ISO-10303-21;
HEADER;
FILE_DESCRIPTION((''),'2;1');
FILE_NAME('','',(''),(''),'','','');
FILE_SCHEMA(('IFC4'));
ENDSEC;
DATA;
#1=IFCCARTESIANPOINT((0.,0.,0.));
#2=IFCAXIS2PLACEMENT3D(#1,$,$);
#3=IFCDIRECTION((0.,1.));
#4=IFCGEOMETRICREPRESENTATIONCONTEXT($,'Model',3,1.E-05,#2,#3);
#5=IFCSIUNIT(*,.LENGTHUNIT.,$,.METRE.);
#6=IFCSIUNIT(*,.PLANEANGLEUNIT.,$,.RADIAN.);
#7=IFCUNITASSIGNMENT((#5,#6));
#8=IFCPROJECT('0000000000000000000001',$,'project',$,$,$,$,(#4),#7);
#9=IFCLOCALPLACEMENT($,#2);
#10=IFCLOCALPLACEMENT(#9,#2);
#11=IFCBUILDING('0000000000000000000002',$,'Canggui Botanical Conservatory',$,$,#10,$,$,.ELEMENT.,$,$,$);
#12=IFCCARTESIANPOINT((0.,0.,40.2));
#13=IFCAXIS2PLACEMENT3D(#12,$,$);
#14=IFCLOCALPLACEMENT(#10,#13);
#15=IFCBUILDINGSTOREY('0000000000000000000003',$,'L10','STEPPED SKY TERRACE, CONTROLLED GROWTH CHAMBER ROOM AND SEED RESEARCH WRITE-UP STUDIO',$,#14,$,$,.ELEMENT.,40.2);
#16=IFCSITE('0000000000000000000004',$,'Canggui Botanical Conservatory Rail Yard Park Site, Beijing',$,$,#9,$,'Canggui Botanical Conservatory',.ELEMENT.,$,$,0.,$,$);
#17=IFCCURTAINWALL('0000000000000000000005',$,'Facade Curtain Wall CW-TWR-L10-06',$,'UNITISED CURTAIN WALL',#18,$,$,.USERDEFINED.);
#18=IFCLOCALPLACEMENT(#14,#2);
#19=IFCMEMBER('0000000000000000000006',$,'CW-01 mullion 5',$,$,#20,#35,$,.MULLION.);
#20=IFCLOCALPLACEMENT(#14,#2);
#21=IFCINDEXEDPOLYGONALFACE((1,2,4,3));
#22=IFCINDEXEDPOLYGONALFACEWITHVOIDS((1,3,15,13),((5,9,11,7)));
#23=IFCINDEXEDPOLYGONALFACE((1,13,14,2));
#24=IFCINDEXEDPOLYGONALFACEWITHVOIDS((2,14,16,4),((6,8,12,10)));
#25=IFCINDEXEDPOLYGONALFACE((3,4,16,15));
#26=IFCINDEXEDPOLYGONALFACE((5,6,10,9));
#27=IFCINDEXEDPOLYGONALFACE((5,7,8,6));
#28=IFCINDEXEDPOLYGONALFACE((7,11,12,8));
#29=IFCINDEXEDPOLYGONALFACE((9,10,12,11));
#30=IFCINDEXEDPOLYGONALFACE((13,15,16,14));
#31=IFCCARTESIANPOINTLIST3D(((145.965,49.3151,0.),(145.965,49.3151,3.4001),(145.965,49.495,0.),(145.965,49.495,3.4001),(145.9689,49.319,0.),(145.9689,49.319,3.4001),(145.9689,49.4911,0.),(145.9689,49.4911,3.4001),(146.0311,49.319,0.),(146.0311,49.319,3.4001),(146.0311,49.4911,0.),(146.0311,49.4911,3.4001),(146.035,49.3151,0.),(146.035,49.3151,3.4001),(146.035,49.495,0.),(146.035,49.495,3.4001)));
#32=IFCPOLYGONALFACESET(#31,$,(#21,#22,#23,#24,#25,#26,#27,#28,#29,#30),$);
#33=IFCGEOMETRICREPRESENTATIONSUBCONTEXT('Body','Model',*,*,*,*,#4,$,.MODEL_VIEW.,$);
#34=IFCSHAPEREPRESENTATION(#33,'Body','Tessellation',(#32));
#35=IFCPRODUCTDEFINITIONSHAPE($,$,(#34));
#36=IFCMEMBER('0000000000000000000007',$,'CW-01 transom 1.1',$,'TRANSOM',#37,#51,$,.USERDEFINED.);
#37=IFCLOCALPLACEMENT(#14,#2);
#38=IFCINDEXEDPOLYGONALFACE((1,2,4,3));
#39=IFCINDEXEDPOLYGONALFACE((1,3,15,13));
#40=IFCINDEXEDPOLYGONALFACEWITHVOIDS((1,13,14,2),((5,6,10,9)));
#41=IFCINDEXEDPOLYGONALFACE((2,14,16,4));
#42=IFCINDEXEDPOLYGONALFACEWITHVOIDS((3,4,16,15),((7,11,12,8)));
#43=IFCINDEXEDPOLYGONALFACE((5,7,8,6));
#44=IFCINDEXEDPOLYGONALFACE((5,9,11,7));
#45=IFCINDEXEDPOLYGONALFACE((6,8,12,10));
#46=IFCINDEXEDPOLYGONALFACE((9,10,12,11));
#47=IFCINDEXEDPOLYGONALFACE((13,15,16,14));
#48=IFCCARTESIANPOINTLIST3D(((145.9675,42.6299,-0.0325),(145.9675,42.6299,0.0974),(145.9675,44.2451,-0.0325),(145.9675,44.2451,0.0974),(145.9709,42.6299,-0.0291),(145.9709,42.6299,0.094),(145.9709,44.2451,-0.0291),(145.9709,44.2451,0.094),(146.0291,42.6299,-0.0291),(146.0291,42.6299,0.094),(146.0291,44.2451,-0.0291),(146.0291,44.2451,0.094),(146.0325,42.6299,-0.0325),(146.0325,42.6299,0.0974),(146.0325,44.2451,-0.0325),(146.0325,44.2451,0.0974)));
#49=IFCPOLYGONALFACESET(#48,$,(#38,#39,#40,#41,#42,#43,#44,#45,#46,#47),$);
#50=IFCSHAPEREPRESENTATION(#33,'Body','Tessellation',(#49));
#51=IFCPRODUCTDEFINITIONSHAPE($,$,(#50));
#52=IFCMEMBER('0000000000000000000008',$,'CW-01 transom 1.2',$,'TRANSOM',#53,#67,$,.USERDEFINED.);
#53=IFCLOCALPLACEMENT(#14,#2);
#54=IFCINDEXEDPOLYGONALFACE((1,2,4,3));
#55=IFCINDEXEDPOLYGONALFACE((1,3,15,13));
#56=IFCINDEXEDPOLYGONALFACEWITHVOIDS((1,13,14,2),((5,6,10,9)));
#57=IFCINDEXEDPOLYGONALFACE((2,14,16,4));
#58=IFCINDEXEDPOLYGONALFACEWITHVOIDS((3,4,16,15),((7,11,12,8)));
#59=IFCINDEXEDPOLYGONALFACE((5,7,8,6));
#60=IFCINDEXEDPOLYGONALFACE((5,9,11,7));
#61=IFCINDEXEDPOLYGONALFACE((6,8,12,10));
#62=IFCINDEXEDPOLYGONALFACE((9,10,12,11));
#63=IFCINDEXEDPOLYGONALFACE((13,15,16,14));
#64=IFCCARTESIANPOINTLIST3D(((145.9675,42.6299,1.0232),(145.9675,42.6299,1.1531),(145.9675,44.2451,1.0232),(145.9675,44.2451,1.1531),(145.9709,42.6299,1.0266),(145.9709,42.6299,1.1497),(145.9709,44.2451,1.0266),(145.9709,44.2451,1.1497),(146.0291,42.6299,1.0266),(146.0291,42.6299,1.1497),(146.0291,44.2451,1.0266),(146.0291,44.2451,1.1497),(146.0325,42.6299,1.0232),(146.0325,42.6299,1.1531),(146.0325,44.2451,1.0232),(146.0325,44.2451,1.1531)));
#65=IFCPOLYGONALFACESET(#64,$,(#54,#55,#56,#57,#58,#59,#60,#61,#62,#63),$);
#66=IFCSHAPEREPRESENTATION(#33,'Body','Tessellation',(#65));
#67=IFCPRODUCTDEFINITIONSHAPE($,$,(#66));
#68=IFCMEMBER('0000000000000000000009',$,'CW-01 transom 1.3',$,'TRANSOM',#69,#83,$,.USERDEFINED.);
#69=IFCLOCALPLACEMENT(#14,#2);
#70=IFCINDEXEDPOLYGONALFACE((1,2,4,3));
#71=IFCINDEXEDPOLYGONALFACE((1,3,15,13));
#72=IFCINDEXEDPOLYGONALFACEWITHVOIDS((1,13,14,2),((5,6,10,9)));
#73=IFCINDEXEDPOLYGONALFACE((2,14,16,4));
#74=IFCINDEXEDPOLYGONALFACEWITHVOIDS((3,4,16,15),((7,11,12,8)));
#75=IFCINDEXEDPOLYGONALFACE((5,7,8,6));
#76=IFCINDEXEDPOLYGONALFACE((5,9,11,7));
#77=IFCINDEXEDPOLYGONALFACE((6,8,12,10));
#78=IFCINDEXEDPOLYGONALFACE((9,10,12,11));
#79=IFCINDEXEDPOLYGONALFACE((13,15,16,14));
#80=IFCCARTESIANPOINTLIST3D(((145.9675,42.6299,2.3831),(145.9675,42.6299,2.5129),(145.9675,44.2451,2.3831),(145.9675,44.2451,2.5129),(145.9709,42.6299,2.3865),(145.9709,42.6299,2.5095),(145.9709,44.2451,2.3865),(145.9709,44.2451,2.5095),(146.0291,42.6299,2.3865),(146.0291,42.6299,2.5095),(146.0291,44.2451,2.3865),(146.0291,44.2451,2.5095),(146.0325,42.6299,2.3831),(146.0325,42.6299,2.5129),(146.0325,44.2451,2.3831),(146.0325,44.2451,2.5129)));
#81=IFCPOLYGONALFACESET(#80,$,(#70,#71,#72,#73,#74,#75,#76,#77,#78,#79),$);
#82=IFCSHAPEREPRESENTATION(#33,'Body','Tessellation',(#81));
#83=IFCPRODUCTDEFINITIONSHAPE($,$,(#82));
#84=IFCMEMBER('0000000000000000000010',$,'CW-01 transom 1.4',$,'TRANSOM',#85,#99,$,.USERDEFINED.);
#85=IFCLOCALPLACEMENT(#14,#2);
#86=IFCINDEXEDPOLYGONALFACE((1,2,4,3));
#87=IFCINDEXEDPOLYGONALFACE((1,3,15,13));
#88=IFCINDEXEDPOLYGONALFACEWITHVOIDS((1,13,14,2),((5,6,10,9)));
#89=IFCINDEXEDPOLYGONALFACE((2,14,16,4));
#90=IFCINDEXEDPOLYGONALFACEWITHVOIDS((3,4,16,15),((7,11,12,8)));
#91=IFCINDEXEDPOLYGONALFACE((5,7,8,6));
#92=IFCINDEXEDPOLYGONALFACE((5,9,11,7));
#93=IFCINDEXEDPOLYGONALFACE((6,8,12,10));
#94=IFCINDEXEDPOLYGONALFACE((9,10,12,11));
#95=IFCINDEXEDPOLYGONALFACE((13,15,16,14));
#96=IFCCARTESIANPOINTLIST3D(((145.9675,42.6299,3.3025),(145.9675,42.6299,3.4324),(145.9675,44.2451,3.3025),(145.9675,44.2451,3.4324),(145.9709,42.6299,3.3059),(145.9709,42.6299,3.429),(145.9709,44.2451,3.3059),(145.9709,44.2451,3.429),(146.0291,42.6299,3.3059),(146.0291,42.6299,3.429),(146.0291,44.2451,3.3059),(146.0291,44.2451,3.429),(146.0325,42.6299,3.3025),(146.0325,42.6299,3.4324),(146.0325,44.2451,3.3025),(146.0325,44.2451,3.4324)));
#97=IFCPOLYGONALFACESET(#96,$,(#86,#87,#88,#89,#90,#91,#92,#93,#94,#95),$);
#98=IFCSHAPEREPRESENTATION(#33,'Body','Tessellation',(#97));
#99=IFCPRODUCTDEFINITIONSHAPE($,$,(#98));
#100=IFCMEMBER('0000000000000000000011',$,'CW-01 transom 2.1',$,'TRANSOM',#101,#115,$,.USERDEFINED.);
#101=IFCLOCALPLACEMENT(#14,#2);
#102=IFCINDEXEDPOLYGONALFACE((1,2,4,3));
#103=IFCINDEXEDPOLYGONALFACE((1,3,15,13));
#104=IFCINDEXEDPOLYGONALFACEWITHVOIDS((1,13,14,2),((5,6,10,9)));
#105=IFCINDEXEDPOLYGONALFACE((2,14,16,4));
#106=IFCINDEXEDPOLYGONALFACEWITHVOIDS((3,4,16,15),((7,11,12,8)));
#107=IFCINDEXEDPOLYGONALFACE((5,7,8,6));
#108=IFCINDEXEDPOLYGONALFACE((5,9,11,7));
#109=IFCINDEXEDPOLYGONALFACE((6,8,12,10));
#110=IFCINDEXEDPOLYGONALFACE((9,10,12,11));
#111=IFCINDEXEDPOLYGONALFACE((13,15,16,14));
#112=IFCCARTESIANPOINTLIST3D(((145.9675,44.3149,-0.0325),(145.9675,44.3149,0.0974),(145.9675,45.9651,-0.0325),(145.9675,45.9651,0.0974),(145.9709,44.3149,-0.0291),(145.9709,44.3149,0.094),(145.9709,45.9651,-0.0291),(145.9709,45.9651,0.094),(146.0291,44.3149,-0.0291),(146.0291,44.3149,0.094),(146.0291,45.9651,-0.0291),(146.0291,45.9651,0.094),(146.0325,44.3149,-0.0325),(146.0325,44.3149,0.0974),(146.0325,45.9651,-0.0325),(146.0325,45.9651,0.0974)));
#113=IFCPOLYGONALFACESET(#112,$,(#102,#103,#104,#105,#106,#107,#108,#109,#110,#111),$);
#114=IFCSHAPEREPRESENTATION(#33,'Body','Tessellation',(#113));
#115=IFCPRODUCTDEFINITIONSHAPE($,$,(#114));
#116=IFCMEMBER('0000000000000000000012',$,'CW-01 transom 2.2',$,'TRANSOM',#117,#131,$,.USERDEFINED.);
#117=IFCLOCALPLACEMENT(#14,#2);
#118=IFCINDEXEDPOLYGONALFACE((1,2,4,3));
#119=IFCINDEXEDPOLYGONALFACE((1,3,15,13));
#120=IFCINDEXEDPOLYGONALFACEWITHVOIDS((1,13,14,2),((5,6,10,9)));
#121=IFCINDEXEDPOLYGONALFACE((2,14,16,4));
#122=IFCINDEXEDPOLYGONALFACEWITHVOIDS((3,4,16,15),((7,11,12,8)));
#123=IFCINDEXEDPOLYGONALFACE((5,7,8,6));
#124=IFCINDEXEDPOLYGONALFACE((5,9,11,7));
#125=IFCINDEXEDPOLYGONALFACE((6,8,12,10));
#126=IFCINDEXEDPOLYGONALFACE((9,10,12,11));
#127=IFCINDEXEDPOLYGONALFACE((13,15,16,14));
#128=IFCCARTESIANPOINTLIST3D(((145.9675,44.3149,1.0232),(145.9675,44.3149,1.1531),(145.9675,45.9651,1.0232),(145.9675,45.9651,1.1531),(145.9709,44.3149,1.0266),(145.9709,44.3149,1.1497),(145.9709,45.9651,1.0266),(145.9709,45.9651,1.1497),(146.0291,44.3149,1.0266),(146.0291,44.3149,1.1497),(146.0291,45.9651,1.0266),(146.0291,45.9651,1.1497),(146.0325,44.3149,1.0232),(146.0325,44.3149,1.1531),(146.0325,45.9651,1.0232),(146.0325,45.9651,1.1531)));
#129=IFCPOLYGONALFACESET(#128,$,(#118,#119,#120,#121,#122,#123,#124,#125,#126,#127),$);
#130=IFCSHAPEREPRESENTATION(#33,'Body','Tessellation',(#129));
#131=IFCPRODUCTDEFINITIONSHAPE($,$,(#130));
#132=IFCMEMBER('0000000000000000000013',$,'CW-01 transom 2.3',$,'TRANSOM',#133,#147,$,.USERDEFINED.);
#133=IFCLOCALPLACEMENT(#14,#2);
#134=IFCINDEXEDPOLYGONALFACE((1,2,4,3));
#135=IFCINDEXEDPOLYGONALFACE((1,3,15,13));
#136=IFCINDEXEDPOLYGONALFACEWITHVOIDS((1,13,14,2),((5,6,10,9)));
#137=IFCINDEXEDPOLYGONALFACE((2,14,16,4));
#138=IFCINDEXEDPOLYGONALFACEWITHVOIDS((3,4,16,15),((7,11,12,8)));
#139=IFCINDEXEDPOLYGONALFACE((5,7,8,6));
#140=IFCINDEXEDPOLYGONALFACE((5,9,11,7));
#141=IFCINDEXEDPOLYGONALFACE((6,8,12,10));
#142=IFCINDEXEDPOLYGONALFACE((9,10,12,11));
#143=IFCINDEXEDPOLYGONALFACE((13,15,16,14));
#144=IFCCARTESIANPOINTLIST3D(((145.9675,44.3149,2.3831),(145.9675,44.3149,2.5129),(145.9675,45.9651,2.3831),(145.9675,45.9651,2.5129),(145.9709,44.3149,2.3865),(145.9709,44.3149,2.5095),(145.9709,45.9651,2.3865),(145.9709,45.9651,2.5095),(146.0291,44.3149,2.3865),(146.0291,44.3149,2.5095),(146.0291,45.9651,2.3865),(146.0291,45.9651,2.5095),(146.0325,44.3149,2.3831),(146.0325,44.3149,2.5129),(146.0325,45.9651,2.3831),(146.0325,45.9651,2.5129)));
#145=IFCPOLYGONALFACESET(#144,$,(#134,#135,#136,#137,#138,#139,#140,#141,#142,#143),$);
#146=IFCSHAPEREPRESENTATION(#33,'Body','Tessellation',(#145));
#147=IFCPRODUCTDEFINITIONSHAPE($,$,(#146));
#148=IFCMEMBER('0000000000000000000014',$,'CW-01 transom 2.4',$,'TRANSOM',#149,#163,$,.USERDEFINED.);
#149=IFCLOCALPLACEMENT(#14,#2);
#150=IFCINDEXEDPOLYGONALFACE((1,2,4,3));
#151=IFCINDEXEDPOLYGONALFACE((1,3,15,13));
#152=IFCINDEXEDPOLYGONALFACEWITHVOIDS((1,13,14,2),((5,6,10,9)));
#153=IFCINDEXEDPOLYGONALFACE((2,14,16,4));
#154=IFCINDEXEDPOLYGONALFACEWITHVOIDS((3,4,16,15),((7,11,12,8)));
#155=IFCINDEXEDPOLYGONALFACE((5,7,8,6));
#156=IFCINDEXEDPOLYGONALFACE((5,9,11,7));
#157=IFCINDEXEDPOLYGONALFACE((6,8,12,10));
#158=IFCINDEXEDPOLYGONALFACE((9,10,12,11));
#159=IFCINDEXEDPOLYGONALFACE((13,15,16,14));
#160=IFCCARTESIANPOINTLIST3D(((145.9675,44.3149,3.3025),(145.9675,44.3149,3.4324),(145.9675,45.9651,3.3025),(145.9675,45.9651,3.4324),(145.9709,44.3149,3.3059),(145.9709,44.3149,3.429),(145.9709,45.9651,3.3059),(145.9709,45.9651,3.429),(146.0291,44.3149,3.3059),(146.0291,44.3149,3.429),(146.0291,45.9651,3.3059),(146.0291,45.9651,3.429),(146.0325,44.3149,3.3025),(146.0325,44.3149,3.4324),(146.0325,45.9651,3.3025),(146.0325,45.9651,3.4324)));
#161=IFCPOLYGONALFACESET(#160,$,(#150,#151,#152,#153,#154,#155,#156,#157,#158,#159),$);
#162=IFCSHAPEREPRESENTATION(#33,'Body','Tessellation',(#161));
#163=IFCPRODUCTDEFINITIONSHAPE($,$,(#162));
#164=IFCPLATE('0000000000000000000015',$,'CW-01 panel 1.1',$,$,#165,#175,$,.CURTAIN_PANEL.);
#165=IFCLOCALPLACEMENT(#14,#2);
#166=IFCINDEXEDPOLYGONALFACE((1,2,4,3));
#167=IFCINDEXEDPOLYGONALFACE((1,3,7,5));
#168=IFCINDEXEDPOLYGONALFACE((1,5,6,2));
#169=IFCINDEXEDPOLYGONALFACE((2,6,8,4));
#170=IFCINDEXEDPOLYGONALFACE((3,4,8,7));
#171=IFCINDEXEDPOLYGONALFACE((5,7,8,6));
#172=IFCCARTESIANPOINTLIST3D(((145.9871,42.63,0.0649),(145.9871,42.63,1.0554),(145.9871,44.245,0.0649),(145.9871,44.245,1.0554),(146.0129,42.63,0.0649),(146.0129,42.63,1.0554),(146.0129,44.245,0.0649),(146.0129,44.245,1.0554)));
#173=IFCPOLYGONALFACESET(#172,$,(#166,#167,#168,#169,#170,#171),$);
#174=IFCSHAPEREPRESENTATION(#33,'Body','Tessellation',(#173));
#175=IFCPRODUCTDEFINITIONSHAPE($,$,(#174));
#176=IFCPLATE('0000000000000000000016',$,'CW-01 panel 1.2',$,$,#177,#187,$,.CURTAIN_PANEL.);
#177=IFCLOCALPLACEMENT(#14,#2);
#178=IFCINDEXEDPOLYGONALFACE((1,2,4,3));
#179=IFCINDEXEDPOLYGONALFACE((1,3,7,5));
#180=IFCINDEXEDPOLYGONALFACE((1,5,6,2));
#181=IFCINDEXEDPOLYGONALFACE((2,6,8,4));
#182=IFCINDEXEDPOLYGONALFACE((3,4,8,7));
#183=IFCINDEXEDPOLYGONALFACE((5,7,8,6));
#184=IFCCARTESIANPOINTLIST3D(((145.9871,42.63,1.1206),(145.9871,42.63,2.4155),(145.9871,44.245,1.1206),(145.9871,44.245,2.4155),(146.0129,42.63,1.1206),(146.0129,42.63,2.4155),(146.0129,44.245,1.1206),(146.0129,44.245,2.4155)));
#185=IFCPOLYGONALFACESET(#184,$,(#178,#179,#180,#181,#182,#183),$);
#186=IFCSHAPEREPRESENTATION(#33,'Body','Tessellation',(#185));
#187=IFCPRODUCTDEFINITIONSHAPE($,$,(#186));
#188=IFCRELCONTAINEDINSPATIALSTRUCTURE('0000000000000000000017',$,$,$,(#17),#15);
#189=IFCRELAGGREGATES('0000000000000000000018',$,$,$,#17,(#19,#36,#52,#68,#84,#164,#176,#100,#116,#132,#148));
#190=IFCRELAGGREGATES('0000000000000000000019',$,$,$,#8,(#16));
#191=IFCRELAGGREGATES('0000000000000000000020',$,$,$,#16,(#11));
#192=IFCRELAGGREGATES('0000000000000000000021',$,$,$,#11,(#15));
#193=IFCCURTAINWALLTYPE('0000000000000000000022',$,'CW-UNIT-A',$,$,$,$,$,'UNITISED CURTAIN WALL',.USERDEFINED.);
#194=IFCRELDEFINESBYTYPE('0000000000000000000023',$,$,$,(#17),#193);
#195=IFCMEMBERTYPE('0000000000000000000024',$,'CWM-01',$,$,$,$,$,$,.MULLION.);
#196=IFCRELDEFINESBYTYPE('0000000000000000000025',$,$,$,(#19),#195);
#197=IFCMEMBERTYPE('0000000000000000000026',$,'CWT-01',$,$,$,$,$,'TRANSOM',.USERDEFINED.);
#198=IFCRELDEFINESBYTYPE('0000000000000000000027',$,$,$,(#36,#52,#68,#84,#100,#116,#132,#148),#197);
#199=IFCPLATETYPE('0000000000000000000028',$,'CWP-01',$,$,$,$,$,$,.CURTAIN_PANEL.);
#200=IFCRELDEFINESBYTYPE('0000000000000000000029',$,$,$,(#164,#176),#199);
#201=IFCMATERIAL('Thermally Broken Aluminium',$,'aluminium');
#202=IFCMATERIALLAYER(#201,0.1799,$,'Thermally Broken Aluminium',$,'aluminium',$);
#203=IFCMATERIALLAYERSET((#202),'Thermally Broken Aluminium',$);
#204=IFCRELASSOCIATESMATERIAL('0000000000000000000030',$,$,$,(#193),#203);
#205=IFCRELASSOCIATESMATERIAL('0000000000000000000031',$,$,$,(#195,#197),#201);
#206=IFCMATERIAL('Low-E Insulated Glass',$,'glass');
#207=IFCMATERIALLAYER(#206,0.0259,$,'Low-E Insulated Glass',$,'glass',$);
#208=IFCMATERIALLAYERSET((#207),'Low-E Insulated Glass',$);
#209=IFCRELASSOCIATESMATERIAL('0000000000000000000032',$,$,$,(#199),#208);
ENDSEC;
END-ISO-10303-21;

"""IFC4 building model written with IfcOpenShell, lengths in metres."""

from ifc_helpers import new_model, si_unit, direction, frame, origin, origin_2d, place, context, subcontext, project, spatial, rectangle, hollow_rectangle, extrude, material, layer, layer_set, material_profile, profile_set, type_object, element, aggregate, save


model = new_model("IFC4")

# Units and contexts
model_context = context("Model", 3, precision=1e-05, world=origin(), true_north=direction((0.0, 1.0)))
body_context = subcontext(model_context, "Body", "Model", "MODEL_VIEW")
ifc_project = project(units=[si_unit("LENGTHUNIT", "METRE"), si_unit("PLANEANGLEUNIT", "RADIAN")], contexts=[model_context])

# Site, building, storey
site_placement = place(None, origin())
site = spatial("IfcSite", under=ifc_project, at=site_placement, Name="Canggui Botanical Conservatory Rail Yard Park Site, Beijing", LongName="Canggui Botanical Conservatory", CompositionType="ELEMENT", RefElevation=0.0)
building_placement = place(site_placement, origin())
building = spatial("IfcBuilding", under=site, at=building_placement, Name="Canggui Botanical Conservatory", CompositionType="ELEMENT")
storey_placement = place(building_placement, frame((0.0, 0.0, 40.2)))
storey = spatial("IfcBuildingStorey", under=building, at=storey_placement, Name="L10", Description="STEPPED SKY TERRACE, CONTROLLED GROWTH CHAMBER ROOM AND SEED RESEARCH WRITE-UP STUDIO", CompositionType="ELEMENT", Elevation=40.2)

# Curtain wall, members, plates
ifc_material_1 = material(Name="Thermally Broken Aluminium", Category="aluminium")
ifc_layer_1 = layer(ifc_material_1, 0.1799, Name="Thermally Broken Aluminium", Category="aluminium")
ifc_layer_set_1 = layer_set([ifc_layer_1], Name="Thermally Broken Aluminium")
curtain_wall_type = type_object("IfcCurtainWallType", Name="CW-UNIT-A", ElementType="UNITISED CURTAIN WALL", PredefinedType="USERDEFINED", material=ifc_layer_set_1)
curtain_wall_placement = place(storey_placement, origin())
curtain_wall = element("IfcCurtainWall", 1, at=curtain_wall_placement, inside=storey, type_object=curtain_wall_type, Name="Facade Curtain Wall CW-TWR-L10-06", ObjectType="UNITISED CURTAIN WALL", PredefinedType="USERDEFINED")
ifc_material_profile_1 = material_profile(ifc_material_1, hollow_rectangle(XDim=0.0701, YDim=0.1799, WallThickness=0.0039, at=origin_2d()), Name="CWM 70x180x4")
ifc_profile_set_1 = profile_set([ifc_material_profile_1], Name="Thermally Broken Aluminium")
member_type_1 = type_object("IfcMemberType", Name="CWM-01", PredefinedType="MULLION", material=ifc_profile_set_1)
member_1_placement = place(storey_placement, frame((146.0, 49.405, 0.0), z_axis=(0.0, 0.0, 1.0), x_axis=(-1.0, 0.0, 0.0)))
member_1 = element("IfcMember", 2, at=member_1_placement, type_object=member_type_1, Name="CW-01 mullion 5", PredefinedType="MULLION", context=body_context, shape_type="SweptSolid", body=[
    extrude(hollow_rectangle(XDim=0.0701, YDim=0.1799, WallThickness=0.0039, at=origin_2d()), origin(), (0.0, 0.0, 1.0), 3.4001),
])
ifc_material_profile_2 = material_profile(ifc_material_1, hollow_rectangle(XDim=0.0649, YDim=0.1299, WallThickness=0.0034, at=origin_2d()), Name="CWT 65x130x3.5")
ifc_profile_set_2 = profile_set([ifc_material_profile_2], Name="Thermally Broken Aluminium")
member_type_2 = type_object("IfcMemberType", Name="CWT-01", ElementType="TRANSOM", PredefinedType="USERDEFINED", material=ifc_profile_set_2)
member_2_placement = place(storey_placement, frame((146.0, 42.6299, 0.0325), z_axis=(0.0, 1.0, 0.0), x_axis=(-1.0, 0.0, 0.0)))
member_2 = element("IfcMember", 3, at=member_2_placement, type_object=member_type_2, Name="CW-01 transom 1.1", ObjectType="TRANSOM", PredefinedType="USERDEFINED", context=body_context, shape_type="SweptSolid", body=[
    extrude(hollow_rectangle(XDim=0.0649, YDim=0.1299, WallThickness=0.0034, at=origin_2d()), origin(), (0.0, 0.0, 1.0), 1.6152),
])
member_3_placement = place(storey_placement, frame((146.0, 42.6299, 1.0881), z_axis=(0.0, 1.0, 0.0), x_axis=(-1.0, 0.0, 0.0)))
member_3 = element("IfcMember", 4, at=member_3_placement, type_object=member_type_2, Name="CW-01 transom 1.2", ObjectType="TRANSOM", PredefinedType="USERDEFINED", context=body_context, shape_type="SweptSolid", body=[
    extrude(hollow_rectangle(XDim=0.0649, YDim=0.1299, WallThickness=0.0034, at=origin_2d()), origin(), (0.0, 0.0, 1.0), 1.6152),
])
member_4_placement = place(storey_placement, frame((146.0, 42.6299, 2.448), z_axis=(0.0, 1.0, 0.0), x_axis=(-1.0, 0.0, 0.0)))
member_4 = element("IfcMember", 5, at=member_4_placement, type_object=member_type_2, Name="CW-01 transom 1.3", ObjectType="TRANSOM", PredefinedType="USERDEFINED", context=body_context, shape_type="SweptSolid", body=[
    extrude(hollow_rectangle(XDim=0.0649, YDim=0.1299, WallThickness=0.0034, at=origin_2d()), origin(), (0.0, 0.0, 1.0), 1.6152),
])
member_5_placement = place(storey_placement, frame((146.0, 42.6299, 3.3674), z_axis=(0.0, 1.0, 0.0), x_axis=(-1.0, 0.0, 0.0)))
member_5 = element("IfcMember", 6, at=member_5_placement, type_object=member_type_2, Name="CW-01 transom 1.4", ObjectType="TRANSOM", PredefinedType="USERDEFINED", context=body_context, shape_type="SweptSolid", body=[
    extrude(hollow_rectangle(XDim=0.0649, YDim=0.1299, WallThickness=0.0034, at=origin_2d()), origin(), (0.0, 0.0, 1.0), 1.6152),
])
member_6_placement = place(storey_placement, frame((146.0, 44.3149, 0.0325), z_axis=(0.0, 1.0, 0.0), x_axis=(-1.0, 0.0, 0.0)))
member_6 = element("IfcMember", 7, at=member_6_placement, type_object=member_type_2, Name="CW-01 transom 2.1", ObjectType="TRANSOM", PredefinedType="USERDEFINED", context=body_context, shape_type="SweptSolid", body=[
    extrude(hollow_rectangle(XDim=0.0649, YDim=0.1299, WallThickness=0.0034, at=origin_2d()), origin(), (0.0, 0.0, 1.0), 1.6501),
])
member_7_placement = place(storey_placement, frame((146.0, 44.3149, 1.0881), z_axis=(0.0, 1.0, 0.0), x_axis=(-1.0, 0.0, 0.0)))
member_7 = element("IfcMember", 8, at=member_7_placement, type_object=member_type_2, Name="CW-01 transom 2.2", ObjectType="TRANSOM", PredefinedType="USERDEFINED", context=body_context, shape_type="SweptSolid", body=[
    extrude(hollow_rectangle(XDim=0.0649, YDim=0.1299, WallThickness=0.0034, at=origin_2d()), origin(), (0.0, 0.0, 1.0), 1.6501),
])
member_8_placement = place(storey_placement, frame((146.0, 44.3149, 2.448), z_axis=(0.0, 1.0, 0.0), x_axis=(-1.0, 0.0, 0.0)))
member_8 = element("IfcMember", 9, at=member_8_placement, type_object=member_type_2, Name="CW-01 transom 2.3", ObjectType="TRANSOM", PredefinedType="USERDEFINED", context=body_context, shape_type="SweptSolid", body=[
    extrude(hollow_rectangle(XDim=0.0649, YDim=0.1299, WallThickness=0.0034, at=origin_2d()), origin(), (0.0, 0.0, 1.0), 1.6501),
])
member_9_placement = place(storey_placement, frame((146.0, 44.3149, 3.3674), z_axis=(0.0, 1.0, 0.0), x_axis=(-1.0, 0.0, 0.0)))
member_9 = element("IfcMember", 10, at=member_9_placement, type_object=member_type_2, Name="CW-01 transom 2.4", ObjectType="TRANSOM", PredefinedType="USERDEFINED", context=body_context, shape_type="SweptSolid", body=[
    extrude(hollow_rectangle(XDim=0.0649, YDim=0.1299, WallThickness=0.0034, at=origin_2d()), origin(), (0.0, 0.0, 1.0), 1.6501),
])
ifc_material_2 = material(Name="Low-E Insulated Glass", Category="glass")
ifc_layer_2 = layer(ifc_material_2, 0.0259, Name="Low-E Insulated Glass", Category="glass")
ifc_layer_set_2 = layer_set([ifc_layer_2], Name="Low-E Insulated Glass")
plate_type = type_object("IfcPlateType", Name="CWP-01", PredefinedType="CURTAIN_PANEL", material=ifc_layer_set_2)
plate_1_placement = place(storey_placement, frame((146.0, 43.4375, 0.0649), z_axis=(0.0, 0.0, 1.0), x_axis=(0.0, 1.0, 0.0)))
plate_1 = element("IfcPlate", 11, at=plate_1_placement, type_object=plate_type, Name="CW-01 panel 1.1", PredefinedType="CURTAIN_PANEL", context=body_context, shape_type="SweptSolid", body=[
    extrude(rectangle(XDim=1.615, YDim=0.0259, at=origin_2d()), origin(), (0.0, 0.0, 1.0), 0.9905),
])
plate_2_placement = place(storey_placement, frame((146.0, 43.4375, 1.1206), z_axis=(0.0, 0.0, 1.0), x_axis=(0.0, 1.0, 0.0)))
plate_2 = element("IfcPlate", 12, at=plate_2_placement, type_object=plate_type, Name="CW-01 panel 1.2", PredefinedType="CURTAIN_PANEL", context=body_context, shape_type="SweptSolid", body=[
    extrude(rectangle(XDim=1.615, YDim=0.0259, at=origin_2d()), origin(), (0.0, 0.0, 1.0), 1.2949),
])
aggregate(curtain_wall, [member_1, member_2, member_3, member_4, member_5, plate_1, plate_2, member_6, member_7, member_8, member_9])

save(model, "model.ifc")
